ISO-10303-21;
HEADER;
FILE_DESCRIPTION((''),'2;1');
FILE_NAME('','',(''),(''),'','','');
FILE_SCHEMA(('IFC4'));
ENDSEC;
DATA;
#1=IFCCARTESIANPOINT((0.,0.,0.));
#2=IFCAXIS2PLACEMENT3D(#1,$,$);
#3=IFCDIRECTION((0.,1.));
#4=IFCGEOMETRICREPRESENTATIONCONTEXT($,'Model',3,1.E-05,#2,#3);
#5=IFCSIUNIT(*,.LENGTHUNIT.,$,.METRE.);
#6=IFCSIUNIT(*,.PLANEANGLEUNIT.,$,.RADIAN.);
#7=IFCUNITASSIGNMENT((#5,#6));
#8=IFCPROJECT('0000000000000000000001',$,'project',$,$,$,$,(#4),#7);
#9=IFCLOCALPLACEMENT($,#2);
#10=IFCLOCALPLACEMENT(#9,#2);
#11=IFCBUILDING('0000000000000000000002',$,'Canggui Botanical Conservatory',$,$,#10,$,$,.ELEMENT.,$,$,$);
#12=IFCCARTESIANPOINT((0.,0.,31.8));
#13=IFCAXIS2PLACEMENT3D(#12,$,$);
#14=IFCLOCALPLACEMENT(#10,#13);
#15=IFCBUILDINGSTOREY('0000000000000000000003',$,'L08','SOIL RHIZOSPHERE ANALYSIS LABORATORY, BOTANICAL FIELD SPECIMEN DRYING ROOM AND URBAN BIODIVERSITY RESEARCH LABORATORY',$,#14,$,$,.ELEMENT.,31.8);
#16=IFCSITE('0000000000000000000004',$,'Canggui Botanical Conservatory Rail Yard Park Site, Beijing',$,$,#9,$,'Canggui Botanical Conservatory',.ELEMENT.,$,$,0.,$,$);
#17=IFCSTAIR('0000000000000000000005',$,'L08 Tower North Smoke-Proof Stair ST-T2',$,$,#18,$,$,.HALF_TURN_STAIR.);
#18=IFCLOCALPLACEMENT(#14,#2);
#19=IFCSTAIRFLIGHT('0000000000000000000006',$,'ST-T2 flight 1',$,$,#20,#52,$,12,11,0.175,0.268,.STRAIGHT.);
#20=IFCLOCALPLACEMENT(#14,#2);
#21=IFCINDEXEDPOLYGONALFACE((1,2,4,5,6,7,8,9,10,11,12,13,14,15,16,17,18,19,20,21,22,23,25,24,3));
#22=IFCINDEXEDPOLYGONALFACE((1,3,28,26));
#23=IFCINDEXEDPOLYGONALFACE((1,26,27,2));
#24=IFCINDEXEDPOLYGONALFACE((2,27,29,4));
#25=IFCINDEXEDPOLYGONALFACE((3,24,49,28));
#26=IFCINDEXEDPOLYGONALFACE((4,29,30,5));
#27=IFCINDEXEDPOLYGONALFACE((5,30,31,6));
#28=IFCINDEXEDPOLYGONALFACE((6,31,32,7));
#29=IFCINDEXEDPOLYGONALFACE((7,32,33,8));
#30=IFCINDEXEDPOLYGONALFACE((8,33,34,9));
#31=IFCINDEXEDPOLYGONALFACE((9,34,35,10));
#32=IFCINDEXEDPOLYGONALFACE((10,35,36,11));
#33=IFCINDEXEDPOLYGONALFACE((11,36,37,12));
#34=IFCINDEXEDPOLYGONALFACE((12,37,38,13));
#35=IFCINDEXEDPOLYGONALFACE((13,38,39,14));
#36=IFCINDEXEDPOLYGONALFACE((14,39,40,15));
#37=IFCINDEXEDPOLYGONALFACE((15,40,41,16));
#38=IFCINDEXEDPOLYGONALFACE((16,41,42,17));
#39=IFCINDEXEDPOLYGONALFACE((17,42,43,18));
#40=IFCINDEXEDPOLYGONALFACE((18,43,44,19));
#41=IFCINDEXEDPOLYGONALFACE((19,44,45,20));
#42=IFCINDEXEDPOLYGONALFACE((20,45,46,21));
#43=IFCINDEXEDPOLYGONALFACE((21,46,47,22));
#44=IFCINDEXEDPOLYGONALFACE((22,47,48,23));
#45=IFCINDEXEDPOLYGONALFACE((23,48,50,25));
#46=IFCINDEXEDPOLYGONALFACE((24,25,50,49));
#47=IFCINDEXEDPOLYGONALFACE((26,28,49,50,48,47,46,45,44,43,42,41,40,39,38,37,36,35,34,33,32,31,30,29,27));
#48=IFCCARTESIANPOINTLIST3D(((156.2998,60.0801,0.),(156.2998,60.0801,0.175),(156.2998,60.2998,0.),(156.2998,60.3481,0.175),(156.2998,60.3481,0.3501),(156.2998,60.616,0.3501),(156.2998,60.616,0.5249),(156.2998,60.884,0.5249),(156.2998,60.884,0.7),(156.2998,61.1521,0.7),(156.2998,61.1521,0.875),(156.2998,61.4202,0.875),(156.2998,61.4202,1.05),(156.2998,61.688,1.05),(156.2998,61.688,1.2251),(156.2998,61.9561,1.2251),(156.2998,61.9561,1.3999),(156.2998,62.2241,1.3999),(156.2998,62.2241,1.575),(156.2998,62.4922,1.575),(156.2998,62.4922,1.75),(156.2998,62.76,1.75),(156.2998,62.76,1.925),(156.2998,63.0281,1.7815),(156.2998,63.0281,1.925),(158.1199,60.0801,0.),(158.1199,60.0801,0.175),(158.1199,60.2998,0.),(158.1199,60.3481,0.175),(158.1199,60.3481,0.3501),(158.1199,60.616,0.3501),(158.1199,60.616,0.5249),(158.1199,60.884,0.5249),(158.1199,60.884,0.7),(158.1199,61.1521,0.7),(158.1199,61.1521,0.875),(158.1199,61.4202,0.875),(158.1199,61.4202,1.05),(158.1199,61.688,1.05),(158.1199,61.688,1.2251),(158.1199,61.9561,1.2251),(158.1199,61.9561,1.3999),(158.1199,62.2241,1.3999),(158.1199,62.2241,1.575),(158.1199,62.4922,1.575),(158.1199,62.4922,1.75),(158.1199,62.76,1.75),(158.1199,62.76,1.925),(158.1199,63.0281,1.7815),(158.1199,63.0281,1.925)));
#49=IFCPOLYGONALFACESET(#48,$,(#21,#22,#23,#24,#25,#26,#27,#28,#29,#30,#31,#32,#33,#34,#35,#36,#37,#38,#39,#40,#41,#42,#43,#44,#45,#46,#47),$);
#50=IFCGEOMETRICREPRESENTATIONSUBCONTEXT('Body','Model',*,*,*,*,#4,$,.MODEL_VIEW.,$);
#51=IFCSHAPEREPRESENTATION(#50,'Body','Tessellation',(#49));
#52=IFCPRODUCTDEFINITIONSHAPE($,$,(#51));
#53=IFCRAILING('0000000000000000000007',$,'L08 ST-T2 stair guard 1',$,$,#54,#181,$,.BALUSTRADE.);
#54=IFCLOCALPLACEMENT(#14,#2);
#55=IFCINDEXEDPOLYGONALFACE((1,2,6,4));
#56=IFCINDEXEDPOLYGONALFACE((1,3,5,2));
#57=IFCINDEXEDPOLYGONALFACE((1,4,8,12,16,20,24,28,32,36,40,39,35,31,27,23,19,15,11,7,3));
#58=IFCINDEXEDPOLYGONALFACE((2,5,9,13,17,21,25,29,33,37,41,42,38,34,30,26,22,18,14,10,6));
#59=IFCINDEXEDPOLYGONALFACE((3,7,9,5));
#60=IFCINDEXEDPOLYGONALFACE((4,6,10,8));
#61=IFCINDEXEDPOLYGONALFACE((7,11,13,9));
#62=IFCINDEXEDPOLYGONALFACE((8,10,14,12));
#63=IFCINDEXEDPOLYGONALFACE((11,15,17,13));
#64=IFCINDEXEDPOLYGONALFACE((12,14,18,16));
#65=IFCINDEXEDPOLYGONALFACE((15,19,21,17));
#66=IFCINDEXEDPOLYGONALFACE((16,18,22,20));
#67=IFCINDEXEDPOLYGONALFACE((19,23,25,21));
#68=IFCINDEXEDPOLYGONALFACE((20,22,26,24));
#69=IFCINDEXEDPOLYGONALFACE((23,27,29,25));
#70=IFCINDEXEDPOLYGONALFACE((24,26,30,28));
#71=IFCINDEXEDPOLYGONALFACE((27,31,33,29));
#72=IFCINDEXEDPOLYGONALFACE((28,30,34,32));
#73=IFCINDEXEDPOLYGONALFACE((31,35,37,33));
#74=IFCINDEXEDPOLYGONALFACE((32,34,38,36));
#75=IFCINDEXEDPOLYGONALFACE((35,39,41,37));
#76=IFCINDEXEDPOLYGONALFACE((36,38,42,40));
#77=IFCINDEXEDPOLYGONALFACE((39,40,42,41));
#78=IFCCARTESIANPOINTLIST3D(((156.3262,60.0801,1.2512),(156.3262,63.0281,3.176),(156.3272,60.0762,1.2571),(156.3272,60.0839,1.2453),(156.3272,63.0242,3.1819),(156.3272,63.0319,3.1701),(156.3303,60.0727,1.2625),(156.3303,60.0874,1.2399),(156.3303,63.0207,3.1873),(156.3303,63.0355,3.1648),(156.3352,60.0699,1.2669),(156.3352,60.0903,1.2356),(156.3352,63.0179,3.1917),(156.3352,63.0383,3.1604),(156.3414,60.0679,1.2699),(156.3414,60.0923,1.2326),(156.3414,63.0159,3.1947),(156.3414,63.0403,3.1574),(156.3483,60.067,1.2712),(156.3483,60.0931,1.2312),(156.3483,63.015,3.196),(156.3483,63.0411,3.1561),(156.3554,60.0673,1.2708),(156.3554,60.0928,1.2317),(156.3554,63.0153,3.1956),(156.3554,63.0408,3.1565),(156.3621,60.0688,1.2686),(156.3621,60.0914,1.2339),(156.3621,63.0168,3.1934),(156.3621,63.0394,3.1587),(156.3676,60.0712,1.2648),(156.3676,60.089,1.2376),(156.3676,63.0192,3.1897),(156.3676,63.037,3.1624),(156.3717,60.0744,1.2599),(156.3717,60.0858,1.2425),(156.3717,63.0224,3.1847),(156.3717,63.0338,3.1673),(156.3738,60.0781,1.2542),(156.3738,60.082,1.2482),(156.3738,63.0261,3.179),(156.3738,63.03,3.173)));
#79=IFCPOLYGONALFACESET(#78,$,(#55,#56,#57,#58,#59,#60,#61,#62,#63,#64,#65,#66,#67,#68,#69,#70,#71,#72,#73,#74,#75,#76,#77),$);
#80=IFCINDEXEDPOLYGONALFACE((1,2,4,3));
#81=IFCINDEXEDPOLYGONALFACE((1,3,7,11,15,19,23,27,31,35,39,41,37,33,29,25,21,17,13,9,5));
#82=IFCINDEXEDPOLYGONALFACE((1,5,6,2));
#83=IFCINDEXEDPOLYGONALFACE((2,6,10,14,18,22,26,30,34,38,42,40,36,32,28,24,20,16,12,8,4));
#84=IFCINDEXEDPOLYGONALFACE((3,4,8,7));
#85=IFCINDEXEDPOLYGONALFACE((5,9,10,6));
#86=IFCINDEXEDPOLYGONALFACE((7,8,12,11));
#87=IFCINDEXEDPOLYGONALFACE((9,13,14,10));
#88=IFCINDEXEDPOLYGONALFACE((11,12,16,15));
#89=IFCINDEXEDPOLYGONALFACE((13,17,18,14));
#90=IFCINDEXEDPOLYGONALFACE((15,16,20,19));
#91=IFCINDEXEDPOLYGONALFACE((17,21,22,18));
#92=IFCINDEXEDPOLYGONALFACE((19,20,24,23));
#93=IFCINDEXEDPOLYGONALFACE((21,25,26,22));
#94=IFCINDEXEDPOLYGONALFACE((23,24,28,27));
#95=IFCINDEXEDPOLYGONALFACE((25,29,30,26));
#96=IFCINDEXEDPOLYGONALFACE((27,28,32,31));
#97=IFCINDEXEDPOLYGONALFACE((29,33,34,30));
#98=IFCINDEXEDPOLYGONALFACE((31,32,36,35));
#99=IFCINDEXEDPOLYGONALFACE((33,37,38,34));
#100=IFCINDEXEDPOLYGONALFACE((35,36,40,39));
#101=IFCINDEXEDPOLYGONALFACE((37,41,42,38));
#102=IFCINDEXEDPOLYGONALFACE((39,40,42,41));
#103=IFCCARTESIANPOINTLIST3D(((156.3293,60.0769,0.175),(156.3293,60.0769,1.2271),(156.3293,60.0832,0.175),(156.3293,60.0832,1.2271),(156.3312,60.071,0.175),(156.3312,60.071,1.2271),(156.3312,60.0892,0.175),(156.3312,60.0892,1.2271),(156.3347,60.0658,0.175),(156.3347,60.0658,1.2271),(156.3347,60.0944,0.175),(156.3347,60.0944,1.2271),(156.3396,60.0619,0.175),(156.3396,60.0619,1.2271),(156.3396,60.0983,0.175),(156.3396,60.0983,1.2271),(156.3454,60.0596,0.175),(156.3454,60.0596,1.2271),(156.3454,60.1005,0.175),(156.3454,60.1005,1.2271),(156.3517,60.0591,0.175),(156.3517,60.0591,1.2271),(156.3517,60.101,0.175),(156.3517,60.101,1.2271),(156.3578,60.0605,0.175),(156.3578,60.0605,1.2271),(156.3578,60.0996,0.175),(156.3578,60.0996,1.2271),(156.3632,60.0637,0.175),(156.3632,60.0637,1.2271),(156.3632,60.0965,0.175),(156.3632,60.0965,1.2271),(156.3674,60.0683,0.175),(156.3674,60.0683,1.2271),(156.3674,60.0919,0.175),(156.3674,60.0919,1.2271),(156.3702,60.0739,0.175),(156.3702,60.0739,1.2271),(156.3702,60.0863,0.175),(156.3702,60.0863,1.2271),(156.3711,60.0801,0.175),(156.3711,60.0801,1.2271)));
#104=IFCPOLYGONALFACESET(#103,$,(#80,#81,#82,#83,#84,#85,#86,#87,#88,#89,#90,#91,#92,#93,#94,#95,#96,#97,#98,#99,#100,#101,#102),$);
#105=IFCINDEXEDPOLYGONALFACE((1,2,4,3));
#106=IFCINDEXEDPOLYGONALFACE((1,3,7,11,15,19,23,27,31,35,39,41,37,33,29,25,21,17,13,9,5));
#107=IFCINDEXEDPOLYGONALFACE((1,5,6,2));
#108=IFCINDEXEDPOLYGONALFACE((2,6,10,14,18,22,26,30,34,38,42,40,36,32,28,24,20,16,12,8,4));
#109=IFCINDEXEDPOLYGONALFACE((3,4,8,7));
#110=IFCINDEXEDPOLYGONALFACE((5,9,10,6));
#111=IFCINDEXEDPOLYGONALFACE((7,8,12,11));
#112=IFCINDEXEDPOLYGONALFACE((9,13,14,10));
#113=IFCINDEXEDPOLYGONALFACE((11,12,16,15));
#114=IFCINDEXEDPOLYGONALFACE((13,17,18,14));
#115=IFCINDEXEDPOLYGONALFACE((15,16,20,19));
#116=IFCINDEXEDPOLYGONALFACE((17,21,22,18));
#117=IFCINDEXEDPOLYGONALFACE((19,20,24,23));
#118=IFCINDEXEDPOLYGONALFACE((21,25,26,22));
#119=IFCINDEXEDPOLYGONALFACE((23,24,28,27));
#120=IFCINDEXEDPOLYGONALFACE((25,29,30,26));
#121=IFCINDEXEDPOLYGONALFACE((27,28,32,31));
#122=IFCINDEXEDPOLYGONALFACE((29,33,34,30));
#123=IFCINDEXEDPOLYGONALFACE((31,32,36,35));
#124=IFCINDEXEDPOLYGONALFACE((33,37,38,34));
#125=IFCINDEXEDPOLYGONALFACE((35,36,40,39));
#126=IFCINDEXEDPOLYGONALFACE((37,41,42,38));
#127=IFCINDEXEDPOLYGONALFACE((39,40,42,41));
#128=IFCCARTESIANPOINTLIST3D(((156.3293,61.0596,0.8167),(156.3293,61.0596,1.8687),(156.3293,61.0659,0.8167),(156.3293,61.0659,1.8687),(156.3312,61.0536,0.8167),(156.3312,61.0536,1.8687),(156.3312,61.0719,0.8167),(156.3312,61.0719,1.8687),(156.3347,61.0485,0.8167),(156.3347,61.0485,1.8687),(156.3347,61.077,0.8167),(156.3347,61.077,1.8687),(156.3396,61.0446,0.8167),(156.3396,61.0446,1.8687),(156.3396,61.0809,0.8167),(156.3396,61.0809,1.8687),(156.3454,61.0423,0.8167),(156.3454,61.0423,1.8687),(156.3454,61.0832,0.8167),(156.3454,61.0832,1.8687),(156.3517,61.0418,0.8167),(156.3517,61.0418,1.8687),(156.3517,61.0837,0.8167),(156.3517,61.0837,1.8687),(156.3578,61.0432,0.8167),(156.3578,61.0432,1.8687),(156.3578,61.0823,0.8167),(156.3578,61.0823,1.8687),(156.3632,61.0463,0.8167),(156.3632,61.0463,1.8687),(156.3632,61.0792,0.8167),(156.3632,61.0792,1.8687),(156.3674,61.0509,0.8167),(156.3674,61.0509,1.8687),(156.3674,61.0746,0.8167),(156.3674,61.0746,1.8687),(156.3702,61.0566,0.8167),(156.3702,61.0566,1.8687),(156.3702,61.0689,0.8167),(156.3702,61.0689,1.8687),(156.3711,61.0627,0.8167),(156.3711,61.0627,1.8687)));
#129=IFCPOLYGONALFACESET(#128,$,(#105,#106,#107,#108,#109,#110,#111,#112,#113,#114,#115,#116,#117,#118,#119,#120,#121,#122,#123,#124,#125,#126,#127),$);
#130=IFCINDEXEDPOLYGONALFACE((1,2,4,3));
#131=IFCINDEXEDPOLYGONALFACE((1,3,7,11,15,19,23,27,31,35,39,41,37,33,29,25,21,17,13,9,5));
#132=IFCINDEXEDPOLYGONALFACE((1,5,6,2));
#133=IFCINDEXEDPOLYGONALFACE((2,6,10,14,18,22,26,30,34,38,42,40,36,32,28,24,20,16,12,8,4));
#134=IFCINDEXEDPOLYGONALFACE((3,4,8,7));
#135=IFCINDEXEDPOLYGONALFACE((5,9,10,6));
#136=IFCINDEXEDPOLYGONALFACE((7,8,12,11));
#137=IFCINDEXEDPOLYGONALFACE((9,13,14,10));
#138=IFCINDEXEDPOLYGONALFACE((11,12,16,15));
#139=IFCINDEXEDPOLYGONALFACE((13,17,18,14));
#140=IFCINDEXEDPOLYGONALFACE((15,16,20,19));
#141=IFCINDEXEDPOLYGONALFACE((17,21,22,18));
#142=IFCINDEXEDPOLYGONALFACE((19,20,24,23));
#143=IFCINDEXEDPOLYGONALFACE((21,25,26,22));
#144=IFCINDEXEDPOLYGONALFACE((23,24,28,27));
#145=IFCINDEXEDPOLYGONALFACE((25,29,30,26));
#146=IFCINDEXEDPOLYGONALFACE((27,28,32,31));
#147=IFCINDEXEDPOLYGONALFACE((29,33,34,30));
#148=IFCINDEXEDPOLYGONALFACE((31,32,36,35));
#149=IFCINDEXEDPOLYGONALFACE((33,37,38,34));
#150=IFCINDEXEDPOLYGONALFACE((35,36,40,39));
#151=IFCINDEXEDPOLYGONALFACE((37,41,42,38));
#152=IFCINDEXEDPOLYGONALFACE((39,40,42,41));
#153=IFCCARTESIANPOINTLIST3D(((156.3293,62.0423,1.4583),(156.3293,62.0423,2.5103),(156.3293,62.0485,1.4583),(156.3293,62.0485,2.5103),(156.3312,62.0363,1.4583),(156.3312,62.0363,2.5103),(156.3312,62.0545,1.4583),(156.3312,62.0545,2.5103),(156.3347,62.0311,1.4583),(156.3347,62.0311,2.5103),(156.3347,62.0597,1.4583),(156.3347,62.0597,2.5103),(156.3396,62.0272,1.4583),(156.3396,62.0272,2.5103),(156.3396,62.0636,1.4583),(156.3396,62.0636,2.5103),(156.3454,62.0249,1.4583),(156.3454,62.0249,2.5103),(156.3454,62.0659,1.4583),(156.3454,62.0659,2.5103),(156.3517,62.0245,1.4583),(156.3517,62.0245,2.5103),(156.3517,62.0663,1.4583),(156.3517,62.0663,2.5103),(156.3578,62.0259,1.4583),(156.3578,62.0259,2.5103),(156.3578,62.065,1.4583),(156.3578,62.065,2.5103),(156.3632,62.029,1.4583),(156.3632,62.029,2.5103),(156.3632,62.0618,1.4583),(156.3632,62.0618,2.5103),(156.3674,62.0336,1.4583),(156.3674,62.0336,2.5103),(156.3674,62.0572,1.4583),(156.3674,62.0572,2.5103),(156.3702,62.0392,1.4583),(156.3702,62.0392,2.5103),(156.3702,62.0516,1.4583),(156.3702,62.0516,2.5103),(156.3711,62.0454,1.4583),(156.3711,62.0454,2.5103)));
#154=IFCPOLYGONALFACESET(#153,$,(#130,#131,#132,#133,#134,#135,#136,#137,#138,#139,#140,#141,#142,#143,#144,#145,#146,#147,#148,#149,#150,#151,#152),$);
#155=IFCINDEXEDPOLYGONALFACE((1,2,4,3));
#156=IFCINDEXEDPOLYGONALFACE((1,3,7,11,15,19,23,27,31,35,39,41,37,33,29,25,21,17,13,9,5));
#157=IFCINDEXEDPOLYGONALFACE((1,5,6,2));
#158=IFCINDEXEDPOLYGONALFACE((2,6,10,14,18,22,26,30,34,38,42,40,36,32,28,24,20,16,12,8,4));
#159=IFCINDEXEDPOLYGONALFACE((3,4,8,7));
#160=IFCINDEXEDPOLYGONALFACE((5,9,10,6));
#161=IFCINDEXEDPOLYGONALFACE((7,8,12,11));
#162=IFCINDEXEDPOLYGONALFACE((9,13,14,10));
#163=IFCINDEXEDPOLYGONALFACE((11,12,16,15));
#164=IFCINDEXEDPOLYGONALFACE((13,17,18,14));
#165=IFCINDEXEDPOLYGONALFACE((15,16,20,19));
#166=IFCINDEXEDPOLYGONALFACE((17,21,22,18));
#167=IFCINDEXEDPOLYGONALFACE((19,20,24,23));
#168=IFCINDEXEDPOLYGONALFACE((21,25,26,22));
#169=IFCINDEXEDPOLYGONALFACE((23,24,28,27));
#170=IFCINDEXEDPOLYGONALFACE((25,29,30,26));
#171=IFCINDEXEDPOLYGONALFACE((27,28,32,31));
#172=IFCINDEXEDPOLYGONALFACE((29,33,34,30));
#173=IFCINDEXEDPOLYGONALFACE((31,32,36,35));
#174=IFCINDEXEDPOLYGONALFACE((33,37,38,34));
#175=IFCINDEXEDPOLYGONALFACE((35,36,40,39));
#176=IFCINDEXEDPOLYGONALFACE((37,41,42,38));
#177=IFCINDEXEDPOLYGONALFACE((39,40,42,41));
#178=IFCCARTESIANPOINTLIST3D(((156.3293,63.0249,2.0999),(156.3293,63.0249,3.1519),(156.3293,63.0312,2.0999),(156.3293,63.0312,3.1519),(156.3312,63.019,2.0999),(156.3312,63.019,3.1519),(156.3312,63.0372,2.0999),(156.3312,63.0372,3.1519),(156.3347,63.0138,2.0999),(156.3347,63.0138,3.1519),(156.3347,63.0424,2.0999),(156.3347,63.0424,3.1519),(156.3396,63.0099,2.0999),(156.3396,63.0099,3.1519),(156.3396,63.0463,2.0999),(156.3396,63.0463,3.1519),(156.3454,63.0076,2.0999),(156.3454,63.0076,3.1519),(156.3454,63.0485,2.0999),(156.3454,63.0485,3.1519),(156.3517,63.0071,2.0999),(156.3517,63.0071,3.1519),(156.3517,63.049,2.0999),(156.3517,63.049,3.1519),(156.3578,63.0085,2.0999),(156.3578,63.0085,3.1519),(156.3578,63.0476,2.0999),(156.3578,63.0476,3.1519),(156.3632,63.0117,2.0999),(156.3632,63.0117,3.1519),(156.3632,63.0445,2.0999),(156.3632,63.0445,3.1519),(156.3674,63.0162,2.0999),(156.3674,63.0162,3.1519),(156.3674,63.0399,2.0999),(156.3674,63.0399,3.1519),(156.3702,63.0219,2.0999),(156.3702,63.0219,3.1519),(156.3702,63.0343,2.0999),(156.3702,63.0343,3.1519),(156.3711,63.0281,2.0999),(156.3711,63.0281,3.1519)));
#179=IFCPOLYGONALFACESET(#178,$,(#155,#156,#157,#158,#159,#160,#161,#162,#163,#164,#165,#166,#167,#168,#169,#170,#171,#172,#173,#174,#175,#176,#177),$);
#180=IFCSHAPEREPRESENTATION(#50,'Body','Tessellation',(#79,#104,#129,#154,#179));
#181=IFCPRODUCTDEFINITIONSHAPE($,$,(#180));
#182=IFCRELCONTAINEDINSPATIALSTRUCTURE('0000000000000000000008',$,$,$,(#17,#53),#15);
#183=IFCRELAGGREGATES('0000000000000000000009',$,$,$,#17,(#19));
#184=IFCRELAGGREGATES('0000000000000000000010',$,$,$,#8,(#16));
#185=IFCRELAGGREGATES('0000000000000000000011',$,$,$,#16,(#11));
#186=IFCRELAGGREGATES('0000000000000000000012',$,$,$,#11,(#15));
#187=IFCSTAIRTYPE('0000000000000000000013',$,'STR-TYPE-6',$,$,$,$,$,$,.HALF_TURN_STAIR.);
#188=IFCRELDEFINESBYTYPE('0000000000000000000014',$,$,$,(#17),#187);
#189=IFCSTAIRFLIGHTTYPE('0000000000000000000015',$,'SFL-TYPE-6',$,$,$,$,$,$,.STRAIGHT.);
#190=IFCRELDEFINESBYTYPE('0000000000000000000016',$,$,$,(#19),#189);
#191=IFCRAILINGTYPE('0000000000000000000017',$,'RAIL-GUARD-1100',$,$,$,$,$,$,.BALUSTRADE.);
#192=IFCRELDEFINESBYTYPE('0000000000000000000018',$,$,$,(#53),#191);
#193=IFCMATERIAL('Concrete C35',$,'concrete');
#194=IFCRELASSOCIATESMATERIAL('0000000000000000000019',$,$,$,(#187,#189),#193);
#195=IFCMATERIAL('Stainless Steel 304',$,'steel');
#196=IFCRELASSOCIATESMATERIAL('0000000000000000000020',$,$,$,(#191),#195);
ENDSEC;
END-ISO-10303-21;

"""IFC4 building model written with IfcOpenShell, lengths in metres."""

from ifc_helpers import new_model, si_unit, direction, frame, origin, origin_2d, place, context, subcontext, project, spatial, polyline, circle, outline, extrude, material, type_object, element, aggregate, save


model = new_model("IFC4")

# Units and contexts
model_context = context("Model", 3, precision=1e-05, world=origin(), true_north=direction((0.0, 1.0)))
body_context = subcontext(model_context, "Body", "Model", "MODEL_VIEW")
ifc_project = project(units=[si_unit("LENGTHUNIT", "METRE"), si_unit("PLANEANGLEUNIT", "RADIAN")], contexts=[model_context])

# Site, building, storey
site_placement = place(None, origin())
site = spatial("IfcSite", under=ifc_project, at=site_placement, Name="Canggui Botanical Conservatory Rail Yard Park Site, Beijing", LongName="Canggui Botanical Conservatory", CompositionType="ELEMENT", RefElevation=0.0)
building_placement = place(site_placement, origin())
building = spatial("IfcBuilding", under=site, at=building_placement, Name="Canggui Botanical Conservatory", CompositionType="ELEMENT")
storey_placement = place(building_placement, frame((0.0, 0.0, 31.8)))
storey = spatial("IfcBuildingStorey", under=building, at=storey_placement, Name="L08", Description="SOIL RHIZOSPHERE ANALYSIS LABORATORY, BOTANICAL FIELD SPECIMEN DRYING ROOM AND URBAN BIODIVERSITY RESEARCH LABORATORY", CompositionType="ELEMENT", Elevation=31.8)

# Shared definitions
ifc_material_1 = material(Name="Concrete C35", Category="concrete")

# Shared definitions
ifc_material_2 = material(Name="Stainless Steel 304", Category="steel")

# Stair, stair flight
stair_type = type_object("IfcStairType", Name="STR-TYPE-6", PredefinedType="HALF_TURN_STAIR", material=ifc_material_1)
stair_placement = place(storey_placement, origin())
stair = element("IfcStair", 1, at=stair_placement, inside=storey, type_object=stair_type, Name="L08 Tower North Smoke-Proof Stair ST-T2", PredefinedType="HALF_TURN_STAIR")
stair_flight_type = type_object("IfcStairFlightType", Name="SFL-TYPE-6", PredefinedType="STRAIGHT", material=ifc_material_1)
stair_flight_placement = place(storey_placement, frame((157.21, 60.0801, 0.0), z_axis=(0.0, 0.0, 1.0), x_axis=(0.0, 1.0, 0.0)))
stair_flight = element("IfcStairFlight", 2, at=stair_flight_placement, type_object=stair_flight_type, Name="ST-T2 flight 1", NumberOfRisers=12, NumberOfTreads=11, PredefinedType="STRAIGHT", RiserHeight=0.175, TreadLength=0.268, context=body_context, shape_type="SweptSolid", body=[
    extrude(outline(polyline([(0.0, 0.0), (0.0, 0.175), (0.2681, 0.175), (0.2681, 0.3501), (0.5359, 0.3501), (0.5359, 0.5249), (0.804, 0.5249), (0.804, 0.7), (1.072, 0.7), (1.072, 0.875), (1.3401, 0.875), (1.3401, 1.05), (1.6079, 1.05), (1.6079, 1.2251), (1.876, 1.2251), (1.876, 1.3999), (2.144, 1.3999), (2.144, 1.575), (2.4121, 1.575), (2.4121, 1.75), (2.6799, 1.75), (2.6799, 1.925), (2.948, 1.925), (2.948, 2.1001), (2.948, 1.7815), (0.2197, 0.0), (0.0, 0.0)])), frame((0.0, 0.9102, 0.0), z_axis=(0.0, -1.0, 0.0), x_axis=(1.0, 0.0, 0.0)), (0.0, 0.0, 1.0), 1.8201),
])
aggregate(stair, [stair_flight])

# Railing
railing_type_1 = type_object("IfcRailingType", Name="RAIL-GUARD-1100", PredefinedType="BALUSTRADE", material=ifc_material_2)
railing_1_placement = place(storey_placement, frame((156.3501, 60.0801, 0.175)))
element("IfcRailing", 3, at=railing_1_placement, inside=storey, type_object=railing_type_1, Name="L08 ST-T2 stair guard 1", PredefinedType="BALUSTRADE", context=body_context, shape_type="SweptSolid", body=[
    extrude(circle(Radius=0.0239, at=origin_2d()), frame((0.0, 0.0, 1.0762), z_axis=(0.0, 0.837325, 0.546706), x_axis=(-1.0, 0.0, 0.0)), (0.0, 0.0, 1.0), 3.5208),
    extrude(circle(Radius=0.021, at=origin_2d()), origin(), (0.0, 0.0, 1.0), 1.052),
    extrude(circle(Radius=0.021, at=origin_2d()), frame((0.0, 0.9827, 0.6416)), (0.0, 0.0, 1.0), 1.052),
    extrude(circle(Radius=0.021, at=origin_2d()), frame((0.0, 1.9653, 1.2832)), (0.0, 0.0, 1.0), 1.052),
    extrude(circle(Radius=0.021, at=origin_2d()), frame((0.0, 2.948, 1.9248)), (0.0, 0.0, 1.0), 1.052),
])

save(model, "model.ifc")
